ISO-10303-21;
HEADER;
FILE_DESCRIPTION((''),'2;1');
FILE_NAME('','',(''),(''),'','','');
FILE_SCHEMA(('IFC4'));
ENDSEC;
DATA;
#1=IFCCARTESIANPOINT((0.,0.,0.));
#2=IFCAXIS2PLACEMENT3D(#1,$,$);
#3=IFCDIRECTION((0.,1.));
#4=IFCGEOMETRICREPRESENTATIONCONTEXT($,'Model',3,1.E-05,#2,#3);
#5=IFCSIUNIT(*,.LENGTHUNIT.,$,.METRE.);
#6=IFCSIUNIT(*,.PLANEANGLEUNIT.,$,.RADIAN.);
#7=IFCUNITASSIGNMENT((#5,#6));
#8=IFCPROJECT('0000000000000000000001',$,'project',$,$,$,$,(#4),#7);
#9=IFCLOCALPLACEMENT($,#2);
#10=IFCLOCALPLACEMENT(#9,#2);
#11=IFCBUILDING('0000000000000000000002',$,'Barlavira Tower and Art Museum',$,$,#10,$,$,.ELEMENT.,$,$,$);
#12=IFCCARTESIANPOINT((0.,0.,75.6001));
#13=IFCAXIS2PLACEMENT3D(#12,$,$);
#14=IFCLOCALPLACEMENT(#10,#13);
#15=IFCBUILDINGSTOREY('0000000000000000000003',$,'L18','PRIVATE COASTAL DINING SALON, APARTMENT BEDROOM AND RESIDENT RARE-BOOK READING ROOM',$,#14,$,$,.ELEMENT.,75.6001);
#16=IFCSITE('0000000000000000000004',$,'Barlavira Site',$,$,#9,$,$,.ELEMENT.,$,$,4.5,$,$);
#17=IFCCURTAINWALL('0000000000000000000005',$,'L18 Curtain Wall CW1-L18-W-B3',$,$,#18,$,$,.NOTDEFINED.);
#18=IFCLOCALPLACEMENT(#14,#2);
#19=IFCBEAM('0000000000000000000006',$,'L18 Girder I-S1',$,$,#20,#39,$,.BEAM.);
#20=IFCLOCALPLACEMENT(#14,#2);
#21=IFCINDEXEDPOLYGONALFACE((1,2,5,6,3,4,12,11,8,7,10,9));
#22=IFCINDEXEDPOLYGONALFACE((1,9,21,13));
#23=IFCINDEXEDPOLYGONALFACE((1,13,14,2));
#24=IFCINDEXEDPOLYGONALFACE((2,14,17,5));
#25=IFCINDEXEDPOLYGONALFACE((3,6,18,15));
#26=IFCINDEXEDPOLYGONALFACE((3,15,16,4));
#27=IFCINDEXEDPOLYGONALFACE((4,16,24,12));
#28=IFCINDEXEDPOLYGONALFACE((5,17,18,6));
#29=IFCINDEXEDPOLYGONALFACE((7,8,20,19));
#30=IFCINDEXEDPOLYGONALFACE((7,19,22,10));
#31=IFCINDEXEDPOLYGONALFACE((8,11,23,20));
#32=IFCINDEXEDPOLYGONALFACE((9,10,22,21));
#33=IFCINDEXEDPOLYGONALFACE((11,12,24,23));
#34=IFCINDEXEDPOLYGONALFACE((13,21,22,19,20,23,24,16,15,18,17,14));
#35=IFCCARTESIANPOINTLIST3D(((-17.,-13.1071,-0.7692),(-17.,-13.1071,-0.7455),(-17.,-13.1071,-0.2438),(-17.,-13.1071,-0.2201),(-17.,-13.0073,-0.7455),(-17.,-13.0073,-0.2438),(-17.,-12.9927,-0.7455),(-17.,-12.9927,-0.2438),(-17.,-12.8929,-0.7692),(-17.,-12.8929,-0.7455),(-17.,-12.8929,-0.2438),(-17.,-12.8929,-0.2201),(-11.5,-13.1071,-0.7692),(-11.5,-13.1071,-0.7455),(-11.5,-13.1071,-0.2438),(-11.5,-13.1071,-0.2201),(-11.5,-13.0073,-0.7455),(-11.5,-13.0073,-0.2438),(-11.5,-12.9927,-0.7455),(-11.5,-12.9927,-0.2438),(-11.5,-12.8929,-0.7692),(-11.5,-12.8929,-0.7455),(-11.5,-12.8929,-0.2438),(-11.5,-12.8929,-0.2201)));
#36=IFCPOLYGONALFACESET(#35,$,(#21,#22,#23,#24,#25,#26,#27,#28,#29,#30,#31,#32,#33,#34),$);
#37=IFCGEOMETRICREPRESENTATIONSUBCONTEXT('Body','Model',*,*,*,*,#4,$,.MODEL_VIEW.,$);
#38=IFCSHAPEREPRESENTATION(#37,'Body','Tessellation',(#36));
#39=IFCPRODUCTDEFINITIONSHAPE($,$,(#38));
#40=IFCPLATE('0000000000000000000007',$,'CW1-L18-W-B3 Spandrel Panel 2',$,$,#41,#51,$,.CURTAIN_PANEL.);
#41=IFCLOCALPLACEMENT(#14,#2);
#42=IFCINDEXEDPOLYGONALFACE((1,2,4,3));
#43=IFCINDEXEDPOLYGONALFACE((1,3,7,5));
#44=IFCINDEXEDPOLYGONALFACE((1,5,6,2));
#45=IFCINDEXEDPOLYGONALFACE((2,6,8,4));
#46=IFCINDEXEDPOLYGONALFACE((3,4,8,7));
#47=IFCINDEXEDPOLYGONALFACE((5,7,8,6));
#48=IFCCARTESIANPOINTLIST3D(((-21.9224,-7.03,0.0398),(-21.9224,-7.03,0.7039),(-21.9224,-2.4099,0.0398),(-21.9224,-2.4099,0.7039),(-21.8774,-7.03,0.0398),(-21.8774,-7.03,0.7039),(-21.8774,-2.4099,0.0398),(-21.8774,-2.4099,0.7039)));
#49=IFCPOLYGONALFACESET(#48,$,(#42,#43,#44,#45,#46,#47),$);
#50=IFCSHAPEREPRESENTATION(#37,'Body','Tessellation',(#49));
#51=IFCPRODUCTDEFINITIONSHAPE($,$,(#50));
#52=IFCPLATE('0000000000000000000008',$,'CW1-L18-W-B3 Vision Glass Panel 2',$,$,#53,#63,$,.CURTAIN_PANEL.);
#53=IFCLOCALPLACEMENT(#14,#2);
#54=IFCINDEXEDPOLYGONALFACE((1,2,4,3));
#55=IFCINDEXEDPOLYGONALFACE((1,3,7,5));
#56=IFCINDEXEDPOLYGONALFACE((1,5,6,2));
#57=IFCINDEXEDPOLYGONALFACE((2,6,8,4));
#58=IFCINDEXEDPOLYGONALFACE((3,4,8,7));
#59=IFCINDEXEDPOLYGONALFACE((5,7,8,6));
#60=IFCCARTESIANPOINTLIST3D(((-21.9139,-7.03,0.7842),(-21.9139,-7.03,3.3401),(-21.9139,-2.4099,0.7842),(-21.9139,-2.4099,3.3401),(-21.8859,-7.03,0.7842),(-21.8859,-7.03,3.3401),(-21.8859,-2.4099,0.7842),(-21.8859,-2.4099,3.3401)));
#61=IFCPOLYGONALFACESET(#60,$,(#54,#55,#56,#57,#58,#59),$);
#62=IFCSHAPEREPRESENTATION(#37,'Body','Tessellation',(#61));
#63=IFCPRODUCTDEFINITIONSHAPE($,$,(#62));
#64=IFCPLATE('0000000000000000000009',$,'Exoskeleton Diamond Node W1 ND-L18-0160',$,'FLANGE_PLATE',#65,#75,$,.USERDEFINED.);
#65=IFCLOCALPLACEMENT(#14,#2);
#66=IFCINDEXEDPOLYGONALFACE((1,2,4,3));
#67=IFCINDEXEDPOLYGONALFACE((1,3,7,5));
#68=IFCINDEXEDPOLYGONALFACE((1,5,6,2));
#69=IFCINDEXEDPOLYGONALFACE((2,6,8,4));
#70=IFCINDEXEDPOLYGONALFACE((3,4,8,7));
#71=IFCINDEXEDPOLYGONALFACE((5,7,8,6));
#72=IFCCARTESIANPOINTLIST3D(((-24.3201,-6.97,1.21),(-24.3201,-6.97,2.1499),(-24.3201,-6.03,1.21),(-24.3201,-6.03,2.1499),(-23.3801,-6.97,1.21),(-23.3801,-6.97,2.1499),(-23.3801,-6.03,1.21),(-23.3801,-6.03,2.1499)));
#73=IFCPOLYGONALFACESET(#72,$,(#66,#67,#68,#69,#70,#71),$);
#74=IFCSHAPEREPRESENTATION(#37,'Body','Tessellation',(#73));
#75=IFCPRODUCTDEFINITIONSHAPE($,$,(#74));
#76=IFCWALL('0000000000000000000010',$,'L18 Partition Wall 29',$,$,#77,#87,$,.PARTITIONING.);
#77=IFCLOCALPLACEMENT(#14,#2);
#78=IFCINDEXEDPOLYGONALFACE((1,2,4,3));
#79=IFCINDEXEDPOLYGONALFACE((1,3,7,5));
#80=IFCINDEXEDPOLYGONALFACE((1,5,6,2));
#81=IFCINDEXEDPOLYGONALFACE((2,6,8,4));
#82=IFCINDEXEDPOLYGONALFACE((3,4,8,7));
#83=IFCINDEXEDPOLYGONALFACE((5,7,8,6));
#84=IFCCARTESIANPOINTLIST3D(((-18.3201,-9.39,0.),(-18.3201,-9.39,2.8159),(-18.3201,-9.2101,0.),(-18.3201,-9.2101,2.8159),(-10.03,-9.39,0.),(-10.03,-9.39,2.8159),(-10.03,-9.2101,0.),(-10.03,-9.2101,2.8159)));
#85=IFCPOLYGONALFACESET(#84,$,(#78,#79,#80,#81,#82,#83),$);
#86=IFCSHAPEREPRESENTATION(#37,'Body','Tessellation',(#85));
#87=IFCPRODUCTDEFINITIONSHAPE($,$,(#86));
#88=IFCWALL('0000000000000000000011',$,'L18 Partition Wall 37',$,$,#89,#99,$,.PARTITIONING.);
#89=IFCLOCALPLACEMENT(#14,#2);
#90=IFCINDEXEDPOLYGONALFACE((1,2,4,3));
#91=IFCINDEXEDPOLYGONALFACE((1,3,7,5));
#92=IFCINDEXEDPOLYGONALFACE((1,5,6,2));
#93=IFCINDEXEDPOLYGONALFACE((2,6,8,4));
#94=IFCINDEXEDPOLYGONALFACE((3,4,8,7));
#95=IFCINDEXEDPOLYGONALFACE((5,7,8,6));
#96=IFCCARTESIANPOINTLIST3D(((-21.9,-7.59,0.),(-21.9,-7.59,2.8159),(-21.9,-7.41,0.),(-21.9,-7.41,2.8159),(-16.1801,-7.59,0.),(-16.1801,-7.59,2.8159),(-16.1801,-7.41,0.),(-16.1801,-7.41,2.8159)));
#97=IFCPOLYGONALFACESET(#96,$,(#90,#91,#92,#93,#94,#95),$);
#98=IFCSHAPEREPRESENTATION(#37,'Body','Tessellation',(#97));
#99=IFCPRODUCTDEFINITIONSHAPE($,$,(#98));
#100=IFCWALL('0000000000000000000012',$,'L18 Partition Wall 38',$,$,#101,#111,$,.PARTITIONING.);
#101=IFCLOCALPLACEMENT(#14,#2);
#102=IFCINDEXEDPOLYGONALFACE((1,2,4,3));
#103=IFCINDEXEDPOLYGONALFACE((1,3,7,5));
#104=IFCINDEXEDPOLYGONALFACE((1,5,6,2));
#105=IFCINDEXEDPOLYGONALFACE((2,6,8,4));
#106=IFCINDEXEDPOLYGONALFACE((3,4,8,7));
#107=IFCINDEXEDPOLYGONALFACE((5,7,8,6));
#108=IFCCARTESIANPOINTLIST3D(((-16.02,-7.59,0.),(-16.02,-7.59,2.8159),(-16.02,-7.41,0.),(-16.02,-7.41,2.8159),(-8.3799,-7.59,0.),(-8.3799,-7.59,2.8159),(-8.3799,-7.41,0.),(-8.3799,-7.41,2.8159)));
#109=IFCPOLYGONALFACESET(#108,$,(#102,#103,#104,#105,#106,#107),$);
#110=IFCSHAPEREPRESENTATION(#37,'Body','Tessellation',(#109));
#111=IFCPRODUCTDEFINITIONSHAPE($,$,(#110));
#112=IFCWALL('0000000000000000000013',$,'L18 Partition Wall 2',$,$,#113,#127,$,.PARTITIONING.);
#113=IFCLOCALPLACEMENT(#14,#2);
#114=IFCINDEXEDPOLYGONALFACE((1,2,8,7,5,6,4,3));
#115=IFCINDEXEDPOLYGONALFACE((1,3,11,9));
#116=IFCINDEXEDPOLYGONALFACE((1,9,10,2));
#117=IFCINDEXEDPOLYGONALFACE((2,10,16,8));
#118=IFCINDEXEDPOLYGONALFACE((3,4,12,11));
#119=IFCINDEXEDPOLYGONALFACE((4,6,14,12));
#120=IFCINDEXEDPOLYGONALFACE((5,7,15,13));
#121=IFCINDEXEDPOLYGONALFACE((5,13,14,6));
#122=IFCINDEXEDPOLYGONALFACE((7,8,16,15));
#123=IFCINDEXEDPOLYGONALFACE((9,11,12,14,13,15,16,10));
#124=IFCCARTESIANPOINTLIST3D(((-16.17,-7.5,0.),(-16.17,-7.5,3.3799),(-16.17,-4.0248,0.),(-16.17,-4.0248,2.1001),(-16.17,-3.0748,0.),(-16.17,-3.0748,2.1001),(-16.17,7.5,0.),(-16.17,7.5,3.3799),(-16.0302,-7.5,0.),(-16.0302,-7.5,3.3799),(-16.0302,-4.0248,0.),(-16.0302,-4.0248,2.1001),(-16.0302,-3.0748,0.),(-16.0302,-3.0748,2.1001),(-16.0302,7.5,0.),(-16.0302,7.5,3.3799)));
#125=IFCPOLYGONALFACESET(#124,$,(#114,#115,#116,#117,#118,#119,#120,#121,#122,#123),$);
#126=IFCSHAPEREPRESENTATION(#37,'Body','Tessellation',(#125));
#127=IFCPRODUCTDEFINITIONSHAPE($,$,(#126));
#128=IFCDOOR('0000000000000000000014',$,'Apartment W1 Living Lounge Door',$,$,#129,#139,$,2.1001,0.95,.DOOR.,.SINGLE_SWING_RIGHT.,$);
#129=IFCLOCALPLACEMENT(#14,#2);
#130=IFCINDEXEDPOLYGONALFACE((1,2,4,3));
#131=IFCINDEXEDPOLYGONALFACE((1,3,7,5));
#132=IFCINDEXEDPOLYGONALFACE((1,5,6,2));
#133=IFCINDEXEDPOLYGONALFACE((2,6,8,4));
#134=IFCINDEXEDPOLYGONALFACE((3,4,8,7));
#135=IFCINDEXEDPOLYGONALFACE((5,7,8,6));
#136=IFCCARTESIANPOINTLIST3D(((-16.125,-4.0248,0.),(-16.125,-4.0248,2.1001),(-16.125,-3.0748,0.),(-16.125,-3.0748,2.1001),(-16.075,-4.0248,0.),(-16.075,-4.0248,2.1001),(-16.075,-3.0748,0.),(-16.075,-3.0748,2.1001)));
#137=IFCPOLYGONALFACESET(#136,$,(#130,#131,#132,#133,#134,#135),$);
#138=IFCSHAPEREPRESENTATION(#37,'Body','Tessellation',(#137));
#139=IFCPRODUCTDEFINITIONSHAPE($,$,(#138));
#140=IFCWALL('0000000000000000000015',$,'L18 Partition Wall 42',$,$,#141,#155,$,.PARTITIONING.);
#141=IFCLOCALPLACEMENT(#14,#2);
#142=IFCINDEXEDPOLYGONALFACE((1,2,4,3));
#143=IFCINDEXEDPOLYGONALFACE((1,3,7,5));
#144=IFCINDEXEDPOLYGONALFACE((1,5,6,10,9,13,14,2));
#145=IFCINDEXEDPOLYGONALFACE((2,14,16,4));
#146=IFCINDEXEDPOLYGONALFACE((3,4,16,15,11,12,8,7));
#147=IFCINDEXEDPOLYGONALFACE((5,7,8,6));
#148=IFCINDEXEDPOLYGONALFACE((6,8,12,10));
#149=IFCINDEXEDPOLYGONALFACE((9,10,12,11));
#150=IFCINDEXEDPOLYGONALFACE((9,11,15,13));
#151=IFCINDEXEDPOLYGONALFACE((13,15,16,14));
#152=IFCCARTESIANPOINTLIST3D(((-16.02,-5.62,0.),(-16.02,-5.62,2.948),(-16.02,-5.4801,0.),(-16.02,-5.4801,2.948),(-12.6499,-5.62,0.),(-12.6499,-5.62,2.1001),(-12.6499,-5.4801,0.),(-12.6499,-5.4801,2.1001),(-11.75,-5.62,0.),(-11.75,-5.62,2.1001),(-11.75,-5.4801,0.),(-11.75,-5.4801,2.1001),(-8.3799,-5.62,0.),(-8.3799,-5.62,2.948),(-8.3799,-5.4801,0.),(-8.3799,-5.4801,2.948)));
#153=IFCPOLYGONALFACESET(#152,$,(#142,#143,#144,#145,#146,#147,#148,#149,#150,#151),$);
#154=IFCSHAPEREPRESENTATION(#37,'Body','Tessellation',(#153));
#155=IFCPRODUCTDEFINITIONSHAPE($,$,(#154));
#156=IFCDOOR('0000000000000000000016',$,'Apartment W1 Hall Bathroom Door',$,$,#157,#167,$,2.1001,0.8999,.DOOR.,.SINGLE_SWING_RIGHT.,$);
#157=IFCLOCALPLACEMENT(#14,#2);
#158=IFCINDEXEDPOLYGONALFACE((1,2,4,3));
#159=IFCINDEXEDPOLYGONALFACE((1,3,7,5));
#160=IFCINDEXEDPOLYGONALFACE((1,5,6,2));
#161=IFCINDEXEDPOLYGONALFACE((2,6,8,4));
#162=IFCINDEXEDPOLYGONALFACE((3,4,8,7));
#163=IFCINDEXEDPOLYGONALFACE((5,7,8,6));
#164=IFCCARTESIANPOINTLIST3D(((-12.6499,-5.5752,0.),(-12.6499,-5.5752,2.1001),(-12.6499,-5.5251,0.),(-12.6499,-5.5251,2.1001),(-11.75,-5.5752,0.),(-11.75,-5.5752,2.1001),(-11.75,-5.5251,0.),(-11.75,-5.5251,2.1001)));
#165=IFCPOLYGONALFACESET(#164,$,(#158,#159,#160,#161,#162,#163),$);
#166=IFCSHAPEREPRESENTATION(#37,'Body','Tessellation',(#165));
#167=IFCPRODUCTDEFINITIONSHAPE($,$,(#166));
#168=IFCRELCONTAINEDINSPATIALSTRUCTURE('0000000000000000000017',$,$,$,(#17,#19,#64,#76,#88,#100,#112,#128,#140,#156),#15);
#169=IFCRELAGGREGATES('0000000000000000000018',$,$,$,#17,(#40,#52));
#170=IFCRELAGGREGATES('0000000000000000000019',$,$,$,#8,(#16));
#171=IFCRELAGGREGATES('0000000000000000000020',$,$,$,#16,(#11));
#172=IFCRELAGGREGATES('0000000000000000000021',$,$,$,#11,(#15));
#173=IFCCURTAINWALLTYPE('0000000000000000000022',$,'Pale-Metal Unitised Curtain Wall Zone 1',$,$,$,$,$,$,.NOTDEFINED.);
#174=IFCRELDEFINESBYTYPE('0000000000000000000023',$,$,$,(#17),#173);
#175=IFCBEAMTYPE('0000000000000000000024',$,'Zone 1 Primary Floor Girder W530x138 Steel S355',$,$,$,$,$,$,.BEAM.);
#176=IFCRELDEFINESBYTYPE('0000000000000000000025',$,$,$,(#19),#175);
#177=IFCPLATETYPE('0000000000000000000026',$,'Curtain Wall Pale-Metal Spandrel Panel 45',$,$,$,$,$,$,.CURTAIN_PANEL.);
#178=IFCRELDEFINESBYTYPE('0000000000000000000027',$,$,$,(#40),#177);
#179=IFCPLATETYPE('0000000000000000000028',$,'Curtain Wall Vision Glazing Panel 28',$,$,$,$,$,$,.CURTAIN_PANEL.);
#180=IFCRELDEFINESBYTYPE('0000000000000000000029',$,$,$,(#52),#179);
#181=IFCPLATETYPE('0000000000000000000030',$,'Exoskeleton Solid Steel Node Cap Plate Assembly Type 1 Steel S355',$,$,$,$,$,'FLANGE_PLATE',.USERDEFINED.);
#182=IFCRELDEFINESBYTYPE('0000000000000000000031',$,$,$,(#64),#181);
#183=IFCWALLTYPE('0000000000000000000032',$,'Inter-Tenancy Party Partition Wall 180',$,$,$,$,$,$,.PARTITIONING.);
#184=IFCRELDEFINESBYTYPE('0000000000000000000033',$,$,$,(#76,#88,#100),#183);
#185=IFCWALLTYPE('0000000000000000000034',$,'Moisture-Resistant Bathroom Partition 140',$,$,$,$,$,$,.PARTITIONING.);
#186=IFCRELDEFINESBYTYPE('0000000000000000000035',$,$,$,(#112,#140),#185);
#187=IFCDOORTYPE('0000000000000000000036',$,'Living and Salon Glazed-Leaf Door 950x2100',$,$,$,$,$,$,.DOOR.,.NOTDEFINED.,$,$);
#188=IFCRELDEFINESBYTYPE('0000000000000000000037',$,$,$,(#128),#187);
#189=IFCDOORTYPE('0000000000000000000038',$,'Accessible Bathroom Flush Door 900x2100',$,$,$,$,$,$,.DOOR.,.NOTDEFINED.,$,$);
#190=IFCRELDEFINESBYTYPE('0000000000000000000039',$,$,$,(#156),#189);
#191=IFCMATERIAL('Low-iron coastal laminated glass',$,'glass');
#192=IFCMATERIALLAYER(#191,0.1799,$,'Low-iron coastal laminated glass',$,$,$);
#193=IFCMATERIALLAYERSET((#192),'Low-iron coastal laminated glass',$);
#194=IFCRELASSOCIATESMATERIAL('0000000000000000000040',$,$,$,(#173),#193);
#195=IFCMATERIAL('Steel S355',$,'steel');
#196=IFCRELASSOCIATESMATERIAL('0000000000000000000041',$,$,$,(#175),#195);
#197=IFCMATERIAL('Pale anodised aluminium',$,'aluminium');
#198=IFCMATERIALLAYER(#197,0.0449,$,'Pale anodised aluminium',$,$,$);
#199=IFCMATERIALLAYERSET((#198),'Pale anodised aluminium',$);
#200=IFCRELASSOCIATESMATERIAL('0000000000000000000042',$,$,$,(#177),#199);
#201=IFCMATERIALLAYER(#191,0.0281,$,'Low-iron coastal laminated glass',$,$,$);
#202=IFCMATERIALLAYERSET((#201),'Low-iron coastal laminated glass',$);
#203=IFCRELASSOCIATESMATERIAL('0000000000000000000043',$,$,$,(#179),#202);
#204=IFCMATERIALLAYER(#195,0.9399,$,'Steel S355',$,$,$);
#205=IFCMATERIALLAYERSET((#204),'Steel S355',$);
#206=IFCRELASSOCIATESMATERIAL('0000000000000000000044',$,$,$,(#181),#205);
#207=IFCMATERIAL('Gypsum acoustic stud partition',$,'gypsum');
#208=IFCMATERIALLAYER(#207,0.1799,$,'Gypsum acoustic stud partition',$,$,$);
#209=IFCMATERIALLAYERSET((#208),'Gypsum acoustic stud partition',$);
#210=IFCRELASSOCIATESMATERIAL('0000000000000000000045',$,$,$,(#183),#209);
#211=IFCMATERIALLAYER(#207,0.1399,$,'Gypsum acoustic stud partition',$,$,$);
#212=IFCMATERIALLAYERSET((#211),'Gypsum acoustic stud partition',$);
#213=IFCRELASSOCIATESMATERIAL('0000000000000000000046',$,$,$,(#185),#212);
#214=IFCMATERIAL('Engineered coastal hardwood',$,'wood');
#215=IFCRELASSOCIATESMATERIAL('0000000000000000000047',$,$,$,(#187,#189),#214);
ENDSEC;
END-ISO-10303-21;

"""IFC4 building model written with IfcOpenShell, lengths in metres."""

from ifc_helpers import new_model, si_unit, direction, frame, frame_2d, origin, origin_2d, place, context, subcontext, project, spatial, rectangle, i_section, extrude, material, layer, layer_set, material_profile, profile_set, type_object, element, fill, aggregate, save


model = new_model("IFC4")

# Units and contexts
model_context = context("Model", 3, precision=1e-05, world=origin(), true_north=direction((0.0, 1.0)))
body_context = subcontext(model_context, "Body", "Model", "MODEL_VIEW")
ifc_project = project(units=[si_unit("LENGTHUNIT", "METRE"), si_unit("PLANEANGLEUNIT", "RADIAN")], contexts=[model_context])

# Site, building, storey
site_placement = place(None, origin())
site = spatial("IfcSite", under=ifc_project, at=site_placement, Name="Barlavira Site", CompositionType="ELEMENT", RefElevation=4.5)
building_placement = place(site_placement, origin())
building = spatial("IfcBuilding", under=site, at=building_placement, Name="Barlavira Tower and Art Museum", CompositionType="ELEMENT")
storey_placement = place(building_placement, frame((0.0, 0.0, 75.6001)))
storey = spatial("IfcBuildingStorey", under=building, at=storey_placement, Name="L18", Description="PRIVATE COASTAL DINING SALON, APARTMENT BEDROOM AND RESIDENT RARE-BOOK READING ROOM", CompositionType="ELEMENT", Elevation=75.6001)

# Curtain wall
ifc_material_1 = material(Name="Low-iron coastal laminated glass", Category="glass")
ifc_layer_1 = layer(ifc_material_1, 0.1799, Name="Low-iron coastal laminated glass")
ifc_layer_set_1 = layer_set([ifc_layer_1], Name="Low-iron coastal laminated glass")
curtain_wall_type = type_object("IfcCurtainWallType", Name="Pale-Metal Unitised Curtain Wall Zone 1", PredefinedType="NOTDEFINED", material=ifc_layer_set_1)
curtain_wall_placement = place(storey_placement, origin())
curtain_wall = element("IfcCurtainWall", 1, at=curtain_wall_placement, inside=storey, type_object=curtain_wall_type, Name="L18 Curtain Wall CW1-L18-W-B3", PredefinedType="NOTDEFINED")
ifc_material_2 = material(Name="Pale anodised aluminium", Category="aluminium")

# Beam
ifc_material_3 = material(Name="Steel S355", Category="steel")
ifc_material_profile_1 = material_profile(ifc_material_3, i_section(OverallWidth=0.2141, OverallDepth=0.5491, WebThickness=0.0146, FlangeThickness=0.0237, at=origin_2d()), Name="W530x138.0")
ifc_profile_set_1 = profile_set([ifc_material_profile_1], Name="Steel S355")
beam_type_1 = type_object("IfcBeamType", Name="Zone 1 Primary Floor Girder W530x138 Steel S355", PredefinedType="BEAM", material=ifc_profile_set_1)
beam_1_placement = place(storey_placement, frame((-17.0, -13.0, -0.4946), z_axis=(1.0, 0.0, 0.0), x_axis=(0.0, 1.0, 0.0)))
element("IfcBeam", 2, at=beam_1_placement, inside=storey, type_object=beam_type_1, Name="L18 Girder I-S1", PredefinedType="BEAM", context=body_context, shape_type="SweptSolid", body=[
    extrude(i_section(OverallWidth=0.2141, OverallDepth=0.5491, WebThickness=0.0146, FlangeThickness=0.0237, at=origin_2d()), origin(), (0.0, 0.0, 1.0), 5.5),
])

# Plates
ifc_layer_2 = layer(ifc_material_2, 0.0449, Name="Pale anodised aluminium")
ifc_layer_set_2 = layer_set([ifc_layer_2], Name="Pale anodised aluminium")
plate_type_1 = type_object("IfcPlateType", Name="Curtain Wall Pale-Metal Spandrel Panel 45", PredefinedType="CURTAIN_PANEL", material=ifc_layer_set_2)
plate_1_placement = place(storey_placement, frame((-21.8999, -4.72, 0.0398), z_axis=(0.0, 0.0, 1.0), x_axis=(0.0, -1.0, 0.0)))
plate_1 = element("IfcPlate", 3, at=plate_1_placement, type_object=plate_type_1, Name="CW1-L18-W-B3 Spandrel Panel 2", PredefinedType="CURTAIN_PANEL", context=body_context, shape_type="SweptSolid", body=[
    extrude(rectangle(XDim=4.6201, YDim=0.0449, at=origin_2d()), origin(), (0.0, 0.0, 1.0), 0.6641),
])
ifc_layer_3 = layer(ifc_material_1, 0.0281, Name="Low-iron coastal laminated glass")
ifc_layer_set_3 = layer_set([ifc_layer_3], Name="Low-iron coastal laminated glass")
plate_type_2 = type_object("IfcPlateType", Name="Curtain Wall Vision Glazing Panel 28", PredefinedType="CURTAIN_PANEL", material=ifc_layer_set_3)
plate_2_placement = place(storey_placement, frame((-21.8999, -4.72, 0.7842), z_axis=(0.0, 0.0, 1.0), x_axis=(0.0, -1.0, 0.0)))
plate_2 = element("IfcPlate", 4, at=plate_2_placement, type_object=plate_type_2, Name="CW1-L18-W-B3 Vision Glass Panel 2", PredefinedType="CURTAIN_PANEL", context=body_context, shape_type="SweptSolid", body=[
    extrude(rectangle(XDim=4.6201, YDim=0.0281, at=origin_2d()), origin(), (0.0, 0.0, 1.0), 2.5559),
])
aggregate(curtain_wall, [plate_1, plate_2])
ifc_layer_4 = layer(ifc_material_3, 0.9399, Name="Steel S355")
ifc_layer_set_4 = layer_set([ifc_layer_4], Name="Steel S355")
plate_type_3 = type_object("IfcPlateType", Name="Exoskeleton Solid Steel Node Cap Plate Assembly Type 1 Steel S355", ElementType="FLANGE_PLATE", PredefinedType="USERDEFINED", material=ifc_layer_set_4)
plate_3_placement = place(storey_placement, frame((-23.8501, -6.5, 1.21), z_axis=(0.0, 0.0, 1.0), x_axis=(1.0, 0.0, 0.0)))
element("IfcPlate", 5, at=plate_3_placement, inside=storey, type_object=plate_type_3, Name="Exoskeleton Diamond Node W1 ND-L18-0160", ObjectType="FLANGE_PLATE", PredefinedType="USERDEFINED", context=body_context, shape_type="SweptSolid", body=[
    extrude(rectangle(XDim=0.9399, YDim=0.9399, at=origin_2d()), origin(), (0.0, 0.0, 1.0), 0.9399),
])

# Walls
ifc_material_4 = material(Name="Gypsum acoustic stud partition", Category="gypsum")
ifc_layer_5 = layer(ifc_material_4, 0.1799, Name="Gypsum acoustic stud partition")
ifc_layer_set_5 = layer_set([ifc_layer_5], Name="Gypsum acoustic stud partition")
wall_type_1 = type_object("IfcWallType", Name="Inter-Tenancy Party Partition Wall 180", PredefinedType="PARTITIONING", material=ifc_layer_set_5)
wall_1_placement = place(storey_placement, frame((-18.3201, -9.3, 0.0), z_axis=(0.0, 0.0, 1.0), x_axis=(1.0, 0.0, 0.0)))
element("IfcWall", 6, at=wall_1_placement, inside=storey, type_object=wall_type_1, Name="L18 Partition Wall 29", PredefinedType="PARTITIONING", context=body_context, shape_type="SweptSolid", body=[
    extrude(rectangle(XDim=8.29, YDim=0.1799, at=frame_2d((4.145, 0.0))), origin(), (0.0, 0.0, 1.0), 2.8159),
])
wall_2_placement = place(storey_placement, frame((-21.8999, -7.5, 0.0), z_axis=(0.0, 0.0, 1.0), x_axis=(1.0, 0.0, 0.0)))
element("IfcWall", 7, at=wall_2_placement, inside=storey, type_object=wall_type_1, Name="L18 Partition Wall 37", PredefinedType="PARTITIONING", context=body_context, shape_type="SweptSolid", body=[
    extrude(rectangle(XDim=5.72, YDim=0.1799, at=frame_2d((2.8599, 0.0))), origin(), (0.0, 0.0, 1.0), 2.8159),
])
wall_3_placement = place(storey_placement, frame((-16.02, -7.5, 0.0), z_axis=(0.0, 0.0, 1.0), x_axis=(1.0, 0.0, 0.0)))
element("IfcWall", 8, at=wall_3_placement, inside=storey, type_object=wall_type_1, Name="L18 Partition Wall 38", PredefinedType="PARTITIONING", context=body_context, shape_type="SweptSolid", body=[
    extrude(rectangle(XDim=7.6401, YDim=0.1799, at=frame_2d((3.8201, 0.0))), origin(), (0.0, 0.0, 1.0), 2.8159),
])

# Walls, openings, doors
ifc_layer_6 = layer(ifc_material_4, 0.1399, Name="Gypsum acoustic stud partition")
ifc_layer_set_6 = layer_set([ifc_layer_6], Name="Gypsum acoustic stud partition")
wall_type_2 = type_object("IfcWallType", Name="Moisture-Resistant Bathroom Partition 140", PredefinedType="PARTITIONING", material=ifc_layer_set_6)
wall_4_placement = place(storey_placement, frame((-16.1001, -7.5, 0.0), z_axis=(0.0, 0.0, 1.0), x_axis=(0.0, 1.0, 0.0)))
wall_4 = element("IfcWall", 9, at=wall_4_placement, inside=storey, type_object=wall_type_2, Name="L18 Partition Wall 2", PredefinedType="PARTITIONING", context=body_context, shape_type="SweptSolid", body=[
    extrude(rectangle(XDim=15.0, YDim=0.1399, at=frame_2d((7.5, 0.0))), origin(), (0.0, 0.0, 1.0), 3.3799),
])
opening_1_placement = place(wall_4_placement, frame((3.4751, 0.0, 0.0)))
opening_1 = element("IfcOpeningElement", 10, at=opening_1_placement, cuts=wall_4, PredefinedType="OPENING", context=body_context, shape_type="SweptSolid", body=[
    extrude(rectangle(XDim=0.95, YDim=2.1001, at=frame_2d((0.4751, 1.05))), frame((0.0, 0.0801, 0.0), z_axis=(0.0, -1.0, 0.0), x_axis=(1.0, 0.0, 0.0)), (0.0, 0.0, 1.0), 0.1599),
])
ifc_material_5 = material(Name="Engineered coastal hardwood", Category="wood")
door_type_1 = type_object("IfcDoorType", Name="Living and Salon Glazed-Leaf Door 950x2100", OperationType="NOTDEFINED", PredefinedType="DOOR", material=ifc_material_5)
door_1_placement = place(opening_1_placement, origin())
door_1 = element("IfcDoor", 11, at=door_1_placement, inside=storey, type_object=door_type_1, Name="Apartment W1 Living Lounge Door", OperationType="SINGLE_SWING_RIGHT", OverallHeight=2.1001, OverallWidth=0.95, PredefinedType="DOOR", context=body_context, shape_type="SweptSolid", body=[
    extrude(rectangle(XDim=0.95, YDim=2.1001, at=frame_2d((0.4751, 1.05))), frame((0.0, 0.0249, 0.0), z_axis=(0.0, -1.0, 0.0), x_axis=(1.0, 0.0, 0.0)), (0.0, 0.0, 1.0), 0.05),
])
fill(opening_1, door_1)
wall_5_placement = place(storey_placement, frame((-16.02, -5.55, 0.0), z_axis=(0.0, 0.0, 1.0), x_axis=(1.0, 0.0, 0.0)))
wall_5 = element("IfcWall", 12, at=wall_5_placement, inside=storey, type_object=wall_type_2, Name="L18 Partition Wall 42", PredefinedType="PARTITIONING", context=body_context, shape_type="SweptSolid", body=[
    extrude(rectangle(XDim=7.6401, YDim=0.1399, at=frame_2d((3.8201, 0.0))), origin(), (0.0, 0.0, 1.0), 2.948),
])
opening_2_placement = place(wall_5_placement, frame((3.3701, 0.0, 0.0)))
opening_2 = element("IfcOpeningElement", 13, at=opening_2_placement, cuts=wall_5, PredefinedType="OPENING", context=body_context, shape_type="SweptSolid", body=[
    extrude(rectangle(XDim=0.8999, YDim=2.1001, at=frame_2d((0.45, 1.05))), frame((0.0, 0.0801, 0.0), z_axis=(0.0, -1.0, 0.0), x_axis=(1.0, 0.0, 0.0)), (0.0, 0.0, 1.0), 0.1599),
])
door_type_2 = type_object("IfcDoorType", Name="Accessible Bathroom Flush Door 900x2100", OperationType="NOTDEFINED", PredefinedType="DOOR", material=ifc_material_5)
door_2_placement = place(opening_2_placement, origin())
door_2 = element("IfcDoor", 14, at=door_2_placement, inside=storey, type_object=door_type_2, Name="Apartment W1 Hall Bathroom Door", OperationType="SINGLE_SWING_RIGHT", OverallHeight=2.1001, OverallWidth=0.8999, PredefinedType="DOOR", context=body_context, shape_type="SweptSolid", body=[
    extrude(rectangle(XDim=0.8999, YDim=2.1001, at=frame_2d((0.45, 1.05))), frame((0.0, 0.0249, 0.0), z_axis=(0.0, -1.0, 0.0), x_axis=(1.0, 0.0, 0.0)), (0.0, 0.0, 1.0), 0.05),
])
fill(opening_2, door_2)

save(model, "model.ifc")
